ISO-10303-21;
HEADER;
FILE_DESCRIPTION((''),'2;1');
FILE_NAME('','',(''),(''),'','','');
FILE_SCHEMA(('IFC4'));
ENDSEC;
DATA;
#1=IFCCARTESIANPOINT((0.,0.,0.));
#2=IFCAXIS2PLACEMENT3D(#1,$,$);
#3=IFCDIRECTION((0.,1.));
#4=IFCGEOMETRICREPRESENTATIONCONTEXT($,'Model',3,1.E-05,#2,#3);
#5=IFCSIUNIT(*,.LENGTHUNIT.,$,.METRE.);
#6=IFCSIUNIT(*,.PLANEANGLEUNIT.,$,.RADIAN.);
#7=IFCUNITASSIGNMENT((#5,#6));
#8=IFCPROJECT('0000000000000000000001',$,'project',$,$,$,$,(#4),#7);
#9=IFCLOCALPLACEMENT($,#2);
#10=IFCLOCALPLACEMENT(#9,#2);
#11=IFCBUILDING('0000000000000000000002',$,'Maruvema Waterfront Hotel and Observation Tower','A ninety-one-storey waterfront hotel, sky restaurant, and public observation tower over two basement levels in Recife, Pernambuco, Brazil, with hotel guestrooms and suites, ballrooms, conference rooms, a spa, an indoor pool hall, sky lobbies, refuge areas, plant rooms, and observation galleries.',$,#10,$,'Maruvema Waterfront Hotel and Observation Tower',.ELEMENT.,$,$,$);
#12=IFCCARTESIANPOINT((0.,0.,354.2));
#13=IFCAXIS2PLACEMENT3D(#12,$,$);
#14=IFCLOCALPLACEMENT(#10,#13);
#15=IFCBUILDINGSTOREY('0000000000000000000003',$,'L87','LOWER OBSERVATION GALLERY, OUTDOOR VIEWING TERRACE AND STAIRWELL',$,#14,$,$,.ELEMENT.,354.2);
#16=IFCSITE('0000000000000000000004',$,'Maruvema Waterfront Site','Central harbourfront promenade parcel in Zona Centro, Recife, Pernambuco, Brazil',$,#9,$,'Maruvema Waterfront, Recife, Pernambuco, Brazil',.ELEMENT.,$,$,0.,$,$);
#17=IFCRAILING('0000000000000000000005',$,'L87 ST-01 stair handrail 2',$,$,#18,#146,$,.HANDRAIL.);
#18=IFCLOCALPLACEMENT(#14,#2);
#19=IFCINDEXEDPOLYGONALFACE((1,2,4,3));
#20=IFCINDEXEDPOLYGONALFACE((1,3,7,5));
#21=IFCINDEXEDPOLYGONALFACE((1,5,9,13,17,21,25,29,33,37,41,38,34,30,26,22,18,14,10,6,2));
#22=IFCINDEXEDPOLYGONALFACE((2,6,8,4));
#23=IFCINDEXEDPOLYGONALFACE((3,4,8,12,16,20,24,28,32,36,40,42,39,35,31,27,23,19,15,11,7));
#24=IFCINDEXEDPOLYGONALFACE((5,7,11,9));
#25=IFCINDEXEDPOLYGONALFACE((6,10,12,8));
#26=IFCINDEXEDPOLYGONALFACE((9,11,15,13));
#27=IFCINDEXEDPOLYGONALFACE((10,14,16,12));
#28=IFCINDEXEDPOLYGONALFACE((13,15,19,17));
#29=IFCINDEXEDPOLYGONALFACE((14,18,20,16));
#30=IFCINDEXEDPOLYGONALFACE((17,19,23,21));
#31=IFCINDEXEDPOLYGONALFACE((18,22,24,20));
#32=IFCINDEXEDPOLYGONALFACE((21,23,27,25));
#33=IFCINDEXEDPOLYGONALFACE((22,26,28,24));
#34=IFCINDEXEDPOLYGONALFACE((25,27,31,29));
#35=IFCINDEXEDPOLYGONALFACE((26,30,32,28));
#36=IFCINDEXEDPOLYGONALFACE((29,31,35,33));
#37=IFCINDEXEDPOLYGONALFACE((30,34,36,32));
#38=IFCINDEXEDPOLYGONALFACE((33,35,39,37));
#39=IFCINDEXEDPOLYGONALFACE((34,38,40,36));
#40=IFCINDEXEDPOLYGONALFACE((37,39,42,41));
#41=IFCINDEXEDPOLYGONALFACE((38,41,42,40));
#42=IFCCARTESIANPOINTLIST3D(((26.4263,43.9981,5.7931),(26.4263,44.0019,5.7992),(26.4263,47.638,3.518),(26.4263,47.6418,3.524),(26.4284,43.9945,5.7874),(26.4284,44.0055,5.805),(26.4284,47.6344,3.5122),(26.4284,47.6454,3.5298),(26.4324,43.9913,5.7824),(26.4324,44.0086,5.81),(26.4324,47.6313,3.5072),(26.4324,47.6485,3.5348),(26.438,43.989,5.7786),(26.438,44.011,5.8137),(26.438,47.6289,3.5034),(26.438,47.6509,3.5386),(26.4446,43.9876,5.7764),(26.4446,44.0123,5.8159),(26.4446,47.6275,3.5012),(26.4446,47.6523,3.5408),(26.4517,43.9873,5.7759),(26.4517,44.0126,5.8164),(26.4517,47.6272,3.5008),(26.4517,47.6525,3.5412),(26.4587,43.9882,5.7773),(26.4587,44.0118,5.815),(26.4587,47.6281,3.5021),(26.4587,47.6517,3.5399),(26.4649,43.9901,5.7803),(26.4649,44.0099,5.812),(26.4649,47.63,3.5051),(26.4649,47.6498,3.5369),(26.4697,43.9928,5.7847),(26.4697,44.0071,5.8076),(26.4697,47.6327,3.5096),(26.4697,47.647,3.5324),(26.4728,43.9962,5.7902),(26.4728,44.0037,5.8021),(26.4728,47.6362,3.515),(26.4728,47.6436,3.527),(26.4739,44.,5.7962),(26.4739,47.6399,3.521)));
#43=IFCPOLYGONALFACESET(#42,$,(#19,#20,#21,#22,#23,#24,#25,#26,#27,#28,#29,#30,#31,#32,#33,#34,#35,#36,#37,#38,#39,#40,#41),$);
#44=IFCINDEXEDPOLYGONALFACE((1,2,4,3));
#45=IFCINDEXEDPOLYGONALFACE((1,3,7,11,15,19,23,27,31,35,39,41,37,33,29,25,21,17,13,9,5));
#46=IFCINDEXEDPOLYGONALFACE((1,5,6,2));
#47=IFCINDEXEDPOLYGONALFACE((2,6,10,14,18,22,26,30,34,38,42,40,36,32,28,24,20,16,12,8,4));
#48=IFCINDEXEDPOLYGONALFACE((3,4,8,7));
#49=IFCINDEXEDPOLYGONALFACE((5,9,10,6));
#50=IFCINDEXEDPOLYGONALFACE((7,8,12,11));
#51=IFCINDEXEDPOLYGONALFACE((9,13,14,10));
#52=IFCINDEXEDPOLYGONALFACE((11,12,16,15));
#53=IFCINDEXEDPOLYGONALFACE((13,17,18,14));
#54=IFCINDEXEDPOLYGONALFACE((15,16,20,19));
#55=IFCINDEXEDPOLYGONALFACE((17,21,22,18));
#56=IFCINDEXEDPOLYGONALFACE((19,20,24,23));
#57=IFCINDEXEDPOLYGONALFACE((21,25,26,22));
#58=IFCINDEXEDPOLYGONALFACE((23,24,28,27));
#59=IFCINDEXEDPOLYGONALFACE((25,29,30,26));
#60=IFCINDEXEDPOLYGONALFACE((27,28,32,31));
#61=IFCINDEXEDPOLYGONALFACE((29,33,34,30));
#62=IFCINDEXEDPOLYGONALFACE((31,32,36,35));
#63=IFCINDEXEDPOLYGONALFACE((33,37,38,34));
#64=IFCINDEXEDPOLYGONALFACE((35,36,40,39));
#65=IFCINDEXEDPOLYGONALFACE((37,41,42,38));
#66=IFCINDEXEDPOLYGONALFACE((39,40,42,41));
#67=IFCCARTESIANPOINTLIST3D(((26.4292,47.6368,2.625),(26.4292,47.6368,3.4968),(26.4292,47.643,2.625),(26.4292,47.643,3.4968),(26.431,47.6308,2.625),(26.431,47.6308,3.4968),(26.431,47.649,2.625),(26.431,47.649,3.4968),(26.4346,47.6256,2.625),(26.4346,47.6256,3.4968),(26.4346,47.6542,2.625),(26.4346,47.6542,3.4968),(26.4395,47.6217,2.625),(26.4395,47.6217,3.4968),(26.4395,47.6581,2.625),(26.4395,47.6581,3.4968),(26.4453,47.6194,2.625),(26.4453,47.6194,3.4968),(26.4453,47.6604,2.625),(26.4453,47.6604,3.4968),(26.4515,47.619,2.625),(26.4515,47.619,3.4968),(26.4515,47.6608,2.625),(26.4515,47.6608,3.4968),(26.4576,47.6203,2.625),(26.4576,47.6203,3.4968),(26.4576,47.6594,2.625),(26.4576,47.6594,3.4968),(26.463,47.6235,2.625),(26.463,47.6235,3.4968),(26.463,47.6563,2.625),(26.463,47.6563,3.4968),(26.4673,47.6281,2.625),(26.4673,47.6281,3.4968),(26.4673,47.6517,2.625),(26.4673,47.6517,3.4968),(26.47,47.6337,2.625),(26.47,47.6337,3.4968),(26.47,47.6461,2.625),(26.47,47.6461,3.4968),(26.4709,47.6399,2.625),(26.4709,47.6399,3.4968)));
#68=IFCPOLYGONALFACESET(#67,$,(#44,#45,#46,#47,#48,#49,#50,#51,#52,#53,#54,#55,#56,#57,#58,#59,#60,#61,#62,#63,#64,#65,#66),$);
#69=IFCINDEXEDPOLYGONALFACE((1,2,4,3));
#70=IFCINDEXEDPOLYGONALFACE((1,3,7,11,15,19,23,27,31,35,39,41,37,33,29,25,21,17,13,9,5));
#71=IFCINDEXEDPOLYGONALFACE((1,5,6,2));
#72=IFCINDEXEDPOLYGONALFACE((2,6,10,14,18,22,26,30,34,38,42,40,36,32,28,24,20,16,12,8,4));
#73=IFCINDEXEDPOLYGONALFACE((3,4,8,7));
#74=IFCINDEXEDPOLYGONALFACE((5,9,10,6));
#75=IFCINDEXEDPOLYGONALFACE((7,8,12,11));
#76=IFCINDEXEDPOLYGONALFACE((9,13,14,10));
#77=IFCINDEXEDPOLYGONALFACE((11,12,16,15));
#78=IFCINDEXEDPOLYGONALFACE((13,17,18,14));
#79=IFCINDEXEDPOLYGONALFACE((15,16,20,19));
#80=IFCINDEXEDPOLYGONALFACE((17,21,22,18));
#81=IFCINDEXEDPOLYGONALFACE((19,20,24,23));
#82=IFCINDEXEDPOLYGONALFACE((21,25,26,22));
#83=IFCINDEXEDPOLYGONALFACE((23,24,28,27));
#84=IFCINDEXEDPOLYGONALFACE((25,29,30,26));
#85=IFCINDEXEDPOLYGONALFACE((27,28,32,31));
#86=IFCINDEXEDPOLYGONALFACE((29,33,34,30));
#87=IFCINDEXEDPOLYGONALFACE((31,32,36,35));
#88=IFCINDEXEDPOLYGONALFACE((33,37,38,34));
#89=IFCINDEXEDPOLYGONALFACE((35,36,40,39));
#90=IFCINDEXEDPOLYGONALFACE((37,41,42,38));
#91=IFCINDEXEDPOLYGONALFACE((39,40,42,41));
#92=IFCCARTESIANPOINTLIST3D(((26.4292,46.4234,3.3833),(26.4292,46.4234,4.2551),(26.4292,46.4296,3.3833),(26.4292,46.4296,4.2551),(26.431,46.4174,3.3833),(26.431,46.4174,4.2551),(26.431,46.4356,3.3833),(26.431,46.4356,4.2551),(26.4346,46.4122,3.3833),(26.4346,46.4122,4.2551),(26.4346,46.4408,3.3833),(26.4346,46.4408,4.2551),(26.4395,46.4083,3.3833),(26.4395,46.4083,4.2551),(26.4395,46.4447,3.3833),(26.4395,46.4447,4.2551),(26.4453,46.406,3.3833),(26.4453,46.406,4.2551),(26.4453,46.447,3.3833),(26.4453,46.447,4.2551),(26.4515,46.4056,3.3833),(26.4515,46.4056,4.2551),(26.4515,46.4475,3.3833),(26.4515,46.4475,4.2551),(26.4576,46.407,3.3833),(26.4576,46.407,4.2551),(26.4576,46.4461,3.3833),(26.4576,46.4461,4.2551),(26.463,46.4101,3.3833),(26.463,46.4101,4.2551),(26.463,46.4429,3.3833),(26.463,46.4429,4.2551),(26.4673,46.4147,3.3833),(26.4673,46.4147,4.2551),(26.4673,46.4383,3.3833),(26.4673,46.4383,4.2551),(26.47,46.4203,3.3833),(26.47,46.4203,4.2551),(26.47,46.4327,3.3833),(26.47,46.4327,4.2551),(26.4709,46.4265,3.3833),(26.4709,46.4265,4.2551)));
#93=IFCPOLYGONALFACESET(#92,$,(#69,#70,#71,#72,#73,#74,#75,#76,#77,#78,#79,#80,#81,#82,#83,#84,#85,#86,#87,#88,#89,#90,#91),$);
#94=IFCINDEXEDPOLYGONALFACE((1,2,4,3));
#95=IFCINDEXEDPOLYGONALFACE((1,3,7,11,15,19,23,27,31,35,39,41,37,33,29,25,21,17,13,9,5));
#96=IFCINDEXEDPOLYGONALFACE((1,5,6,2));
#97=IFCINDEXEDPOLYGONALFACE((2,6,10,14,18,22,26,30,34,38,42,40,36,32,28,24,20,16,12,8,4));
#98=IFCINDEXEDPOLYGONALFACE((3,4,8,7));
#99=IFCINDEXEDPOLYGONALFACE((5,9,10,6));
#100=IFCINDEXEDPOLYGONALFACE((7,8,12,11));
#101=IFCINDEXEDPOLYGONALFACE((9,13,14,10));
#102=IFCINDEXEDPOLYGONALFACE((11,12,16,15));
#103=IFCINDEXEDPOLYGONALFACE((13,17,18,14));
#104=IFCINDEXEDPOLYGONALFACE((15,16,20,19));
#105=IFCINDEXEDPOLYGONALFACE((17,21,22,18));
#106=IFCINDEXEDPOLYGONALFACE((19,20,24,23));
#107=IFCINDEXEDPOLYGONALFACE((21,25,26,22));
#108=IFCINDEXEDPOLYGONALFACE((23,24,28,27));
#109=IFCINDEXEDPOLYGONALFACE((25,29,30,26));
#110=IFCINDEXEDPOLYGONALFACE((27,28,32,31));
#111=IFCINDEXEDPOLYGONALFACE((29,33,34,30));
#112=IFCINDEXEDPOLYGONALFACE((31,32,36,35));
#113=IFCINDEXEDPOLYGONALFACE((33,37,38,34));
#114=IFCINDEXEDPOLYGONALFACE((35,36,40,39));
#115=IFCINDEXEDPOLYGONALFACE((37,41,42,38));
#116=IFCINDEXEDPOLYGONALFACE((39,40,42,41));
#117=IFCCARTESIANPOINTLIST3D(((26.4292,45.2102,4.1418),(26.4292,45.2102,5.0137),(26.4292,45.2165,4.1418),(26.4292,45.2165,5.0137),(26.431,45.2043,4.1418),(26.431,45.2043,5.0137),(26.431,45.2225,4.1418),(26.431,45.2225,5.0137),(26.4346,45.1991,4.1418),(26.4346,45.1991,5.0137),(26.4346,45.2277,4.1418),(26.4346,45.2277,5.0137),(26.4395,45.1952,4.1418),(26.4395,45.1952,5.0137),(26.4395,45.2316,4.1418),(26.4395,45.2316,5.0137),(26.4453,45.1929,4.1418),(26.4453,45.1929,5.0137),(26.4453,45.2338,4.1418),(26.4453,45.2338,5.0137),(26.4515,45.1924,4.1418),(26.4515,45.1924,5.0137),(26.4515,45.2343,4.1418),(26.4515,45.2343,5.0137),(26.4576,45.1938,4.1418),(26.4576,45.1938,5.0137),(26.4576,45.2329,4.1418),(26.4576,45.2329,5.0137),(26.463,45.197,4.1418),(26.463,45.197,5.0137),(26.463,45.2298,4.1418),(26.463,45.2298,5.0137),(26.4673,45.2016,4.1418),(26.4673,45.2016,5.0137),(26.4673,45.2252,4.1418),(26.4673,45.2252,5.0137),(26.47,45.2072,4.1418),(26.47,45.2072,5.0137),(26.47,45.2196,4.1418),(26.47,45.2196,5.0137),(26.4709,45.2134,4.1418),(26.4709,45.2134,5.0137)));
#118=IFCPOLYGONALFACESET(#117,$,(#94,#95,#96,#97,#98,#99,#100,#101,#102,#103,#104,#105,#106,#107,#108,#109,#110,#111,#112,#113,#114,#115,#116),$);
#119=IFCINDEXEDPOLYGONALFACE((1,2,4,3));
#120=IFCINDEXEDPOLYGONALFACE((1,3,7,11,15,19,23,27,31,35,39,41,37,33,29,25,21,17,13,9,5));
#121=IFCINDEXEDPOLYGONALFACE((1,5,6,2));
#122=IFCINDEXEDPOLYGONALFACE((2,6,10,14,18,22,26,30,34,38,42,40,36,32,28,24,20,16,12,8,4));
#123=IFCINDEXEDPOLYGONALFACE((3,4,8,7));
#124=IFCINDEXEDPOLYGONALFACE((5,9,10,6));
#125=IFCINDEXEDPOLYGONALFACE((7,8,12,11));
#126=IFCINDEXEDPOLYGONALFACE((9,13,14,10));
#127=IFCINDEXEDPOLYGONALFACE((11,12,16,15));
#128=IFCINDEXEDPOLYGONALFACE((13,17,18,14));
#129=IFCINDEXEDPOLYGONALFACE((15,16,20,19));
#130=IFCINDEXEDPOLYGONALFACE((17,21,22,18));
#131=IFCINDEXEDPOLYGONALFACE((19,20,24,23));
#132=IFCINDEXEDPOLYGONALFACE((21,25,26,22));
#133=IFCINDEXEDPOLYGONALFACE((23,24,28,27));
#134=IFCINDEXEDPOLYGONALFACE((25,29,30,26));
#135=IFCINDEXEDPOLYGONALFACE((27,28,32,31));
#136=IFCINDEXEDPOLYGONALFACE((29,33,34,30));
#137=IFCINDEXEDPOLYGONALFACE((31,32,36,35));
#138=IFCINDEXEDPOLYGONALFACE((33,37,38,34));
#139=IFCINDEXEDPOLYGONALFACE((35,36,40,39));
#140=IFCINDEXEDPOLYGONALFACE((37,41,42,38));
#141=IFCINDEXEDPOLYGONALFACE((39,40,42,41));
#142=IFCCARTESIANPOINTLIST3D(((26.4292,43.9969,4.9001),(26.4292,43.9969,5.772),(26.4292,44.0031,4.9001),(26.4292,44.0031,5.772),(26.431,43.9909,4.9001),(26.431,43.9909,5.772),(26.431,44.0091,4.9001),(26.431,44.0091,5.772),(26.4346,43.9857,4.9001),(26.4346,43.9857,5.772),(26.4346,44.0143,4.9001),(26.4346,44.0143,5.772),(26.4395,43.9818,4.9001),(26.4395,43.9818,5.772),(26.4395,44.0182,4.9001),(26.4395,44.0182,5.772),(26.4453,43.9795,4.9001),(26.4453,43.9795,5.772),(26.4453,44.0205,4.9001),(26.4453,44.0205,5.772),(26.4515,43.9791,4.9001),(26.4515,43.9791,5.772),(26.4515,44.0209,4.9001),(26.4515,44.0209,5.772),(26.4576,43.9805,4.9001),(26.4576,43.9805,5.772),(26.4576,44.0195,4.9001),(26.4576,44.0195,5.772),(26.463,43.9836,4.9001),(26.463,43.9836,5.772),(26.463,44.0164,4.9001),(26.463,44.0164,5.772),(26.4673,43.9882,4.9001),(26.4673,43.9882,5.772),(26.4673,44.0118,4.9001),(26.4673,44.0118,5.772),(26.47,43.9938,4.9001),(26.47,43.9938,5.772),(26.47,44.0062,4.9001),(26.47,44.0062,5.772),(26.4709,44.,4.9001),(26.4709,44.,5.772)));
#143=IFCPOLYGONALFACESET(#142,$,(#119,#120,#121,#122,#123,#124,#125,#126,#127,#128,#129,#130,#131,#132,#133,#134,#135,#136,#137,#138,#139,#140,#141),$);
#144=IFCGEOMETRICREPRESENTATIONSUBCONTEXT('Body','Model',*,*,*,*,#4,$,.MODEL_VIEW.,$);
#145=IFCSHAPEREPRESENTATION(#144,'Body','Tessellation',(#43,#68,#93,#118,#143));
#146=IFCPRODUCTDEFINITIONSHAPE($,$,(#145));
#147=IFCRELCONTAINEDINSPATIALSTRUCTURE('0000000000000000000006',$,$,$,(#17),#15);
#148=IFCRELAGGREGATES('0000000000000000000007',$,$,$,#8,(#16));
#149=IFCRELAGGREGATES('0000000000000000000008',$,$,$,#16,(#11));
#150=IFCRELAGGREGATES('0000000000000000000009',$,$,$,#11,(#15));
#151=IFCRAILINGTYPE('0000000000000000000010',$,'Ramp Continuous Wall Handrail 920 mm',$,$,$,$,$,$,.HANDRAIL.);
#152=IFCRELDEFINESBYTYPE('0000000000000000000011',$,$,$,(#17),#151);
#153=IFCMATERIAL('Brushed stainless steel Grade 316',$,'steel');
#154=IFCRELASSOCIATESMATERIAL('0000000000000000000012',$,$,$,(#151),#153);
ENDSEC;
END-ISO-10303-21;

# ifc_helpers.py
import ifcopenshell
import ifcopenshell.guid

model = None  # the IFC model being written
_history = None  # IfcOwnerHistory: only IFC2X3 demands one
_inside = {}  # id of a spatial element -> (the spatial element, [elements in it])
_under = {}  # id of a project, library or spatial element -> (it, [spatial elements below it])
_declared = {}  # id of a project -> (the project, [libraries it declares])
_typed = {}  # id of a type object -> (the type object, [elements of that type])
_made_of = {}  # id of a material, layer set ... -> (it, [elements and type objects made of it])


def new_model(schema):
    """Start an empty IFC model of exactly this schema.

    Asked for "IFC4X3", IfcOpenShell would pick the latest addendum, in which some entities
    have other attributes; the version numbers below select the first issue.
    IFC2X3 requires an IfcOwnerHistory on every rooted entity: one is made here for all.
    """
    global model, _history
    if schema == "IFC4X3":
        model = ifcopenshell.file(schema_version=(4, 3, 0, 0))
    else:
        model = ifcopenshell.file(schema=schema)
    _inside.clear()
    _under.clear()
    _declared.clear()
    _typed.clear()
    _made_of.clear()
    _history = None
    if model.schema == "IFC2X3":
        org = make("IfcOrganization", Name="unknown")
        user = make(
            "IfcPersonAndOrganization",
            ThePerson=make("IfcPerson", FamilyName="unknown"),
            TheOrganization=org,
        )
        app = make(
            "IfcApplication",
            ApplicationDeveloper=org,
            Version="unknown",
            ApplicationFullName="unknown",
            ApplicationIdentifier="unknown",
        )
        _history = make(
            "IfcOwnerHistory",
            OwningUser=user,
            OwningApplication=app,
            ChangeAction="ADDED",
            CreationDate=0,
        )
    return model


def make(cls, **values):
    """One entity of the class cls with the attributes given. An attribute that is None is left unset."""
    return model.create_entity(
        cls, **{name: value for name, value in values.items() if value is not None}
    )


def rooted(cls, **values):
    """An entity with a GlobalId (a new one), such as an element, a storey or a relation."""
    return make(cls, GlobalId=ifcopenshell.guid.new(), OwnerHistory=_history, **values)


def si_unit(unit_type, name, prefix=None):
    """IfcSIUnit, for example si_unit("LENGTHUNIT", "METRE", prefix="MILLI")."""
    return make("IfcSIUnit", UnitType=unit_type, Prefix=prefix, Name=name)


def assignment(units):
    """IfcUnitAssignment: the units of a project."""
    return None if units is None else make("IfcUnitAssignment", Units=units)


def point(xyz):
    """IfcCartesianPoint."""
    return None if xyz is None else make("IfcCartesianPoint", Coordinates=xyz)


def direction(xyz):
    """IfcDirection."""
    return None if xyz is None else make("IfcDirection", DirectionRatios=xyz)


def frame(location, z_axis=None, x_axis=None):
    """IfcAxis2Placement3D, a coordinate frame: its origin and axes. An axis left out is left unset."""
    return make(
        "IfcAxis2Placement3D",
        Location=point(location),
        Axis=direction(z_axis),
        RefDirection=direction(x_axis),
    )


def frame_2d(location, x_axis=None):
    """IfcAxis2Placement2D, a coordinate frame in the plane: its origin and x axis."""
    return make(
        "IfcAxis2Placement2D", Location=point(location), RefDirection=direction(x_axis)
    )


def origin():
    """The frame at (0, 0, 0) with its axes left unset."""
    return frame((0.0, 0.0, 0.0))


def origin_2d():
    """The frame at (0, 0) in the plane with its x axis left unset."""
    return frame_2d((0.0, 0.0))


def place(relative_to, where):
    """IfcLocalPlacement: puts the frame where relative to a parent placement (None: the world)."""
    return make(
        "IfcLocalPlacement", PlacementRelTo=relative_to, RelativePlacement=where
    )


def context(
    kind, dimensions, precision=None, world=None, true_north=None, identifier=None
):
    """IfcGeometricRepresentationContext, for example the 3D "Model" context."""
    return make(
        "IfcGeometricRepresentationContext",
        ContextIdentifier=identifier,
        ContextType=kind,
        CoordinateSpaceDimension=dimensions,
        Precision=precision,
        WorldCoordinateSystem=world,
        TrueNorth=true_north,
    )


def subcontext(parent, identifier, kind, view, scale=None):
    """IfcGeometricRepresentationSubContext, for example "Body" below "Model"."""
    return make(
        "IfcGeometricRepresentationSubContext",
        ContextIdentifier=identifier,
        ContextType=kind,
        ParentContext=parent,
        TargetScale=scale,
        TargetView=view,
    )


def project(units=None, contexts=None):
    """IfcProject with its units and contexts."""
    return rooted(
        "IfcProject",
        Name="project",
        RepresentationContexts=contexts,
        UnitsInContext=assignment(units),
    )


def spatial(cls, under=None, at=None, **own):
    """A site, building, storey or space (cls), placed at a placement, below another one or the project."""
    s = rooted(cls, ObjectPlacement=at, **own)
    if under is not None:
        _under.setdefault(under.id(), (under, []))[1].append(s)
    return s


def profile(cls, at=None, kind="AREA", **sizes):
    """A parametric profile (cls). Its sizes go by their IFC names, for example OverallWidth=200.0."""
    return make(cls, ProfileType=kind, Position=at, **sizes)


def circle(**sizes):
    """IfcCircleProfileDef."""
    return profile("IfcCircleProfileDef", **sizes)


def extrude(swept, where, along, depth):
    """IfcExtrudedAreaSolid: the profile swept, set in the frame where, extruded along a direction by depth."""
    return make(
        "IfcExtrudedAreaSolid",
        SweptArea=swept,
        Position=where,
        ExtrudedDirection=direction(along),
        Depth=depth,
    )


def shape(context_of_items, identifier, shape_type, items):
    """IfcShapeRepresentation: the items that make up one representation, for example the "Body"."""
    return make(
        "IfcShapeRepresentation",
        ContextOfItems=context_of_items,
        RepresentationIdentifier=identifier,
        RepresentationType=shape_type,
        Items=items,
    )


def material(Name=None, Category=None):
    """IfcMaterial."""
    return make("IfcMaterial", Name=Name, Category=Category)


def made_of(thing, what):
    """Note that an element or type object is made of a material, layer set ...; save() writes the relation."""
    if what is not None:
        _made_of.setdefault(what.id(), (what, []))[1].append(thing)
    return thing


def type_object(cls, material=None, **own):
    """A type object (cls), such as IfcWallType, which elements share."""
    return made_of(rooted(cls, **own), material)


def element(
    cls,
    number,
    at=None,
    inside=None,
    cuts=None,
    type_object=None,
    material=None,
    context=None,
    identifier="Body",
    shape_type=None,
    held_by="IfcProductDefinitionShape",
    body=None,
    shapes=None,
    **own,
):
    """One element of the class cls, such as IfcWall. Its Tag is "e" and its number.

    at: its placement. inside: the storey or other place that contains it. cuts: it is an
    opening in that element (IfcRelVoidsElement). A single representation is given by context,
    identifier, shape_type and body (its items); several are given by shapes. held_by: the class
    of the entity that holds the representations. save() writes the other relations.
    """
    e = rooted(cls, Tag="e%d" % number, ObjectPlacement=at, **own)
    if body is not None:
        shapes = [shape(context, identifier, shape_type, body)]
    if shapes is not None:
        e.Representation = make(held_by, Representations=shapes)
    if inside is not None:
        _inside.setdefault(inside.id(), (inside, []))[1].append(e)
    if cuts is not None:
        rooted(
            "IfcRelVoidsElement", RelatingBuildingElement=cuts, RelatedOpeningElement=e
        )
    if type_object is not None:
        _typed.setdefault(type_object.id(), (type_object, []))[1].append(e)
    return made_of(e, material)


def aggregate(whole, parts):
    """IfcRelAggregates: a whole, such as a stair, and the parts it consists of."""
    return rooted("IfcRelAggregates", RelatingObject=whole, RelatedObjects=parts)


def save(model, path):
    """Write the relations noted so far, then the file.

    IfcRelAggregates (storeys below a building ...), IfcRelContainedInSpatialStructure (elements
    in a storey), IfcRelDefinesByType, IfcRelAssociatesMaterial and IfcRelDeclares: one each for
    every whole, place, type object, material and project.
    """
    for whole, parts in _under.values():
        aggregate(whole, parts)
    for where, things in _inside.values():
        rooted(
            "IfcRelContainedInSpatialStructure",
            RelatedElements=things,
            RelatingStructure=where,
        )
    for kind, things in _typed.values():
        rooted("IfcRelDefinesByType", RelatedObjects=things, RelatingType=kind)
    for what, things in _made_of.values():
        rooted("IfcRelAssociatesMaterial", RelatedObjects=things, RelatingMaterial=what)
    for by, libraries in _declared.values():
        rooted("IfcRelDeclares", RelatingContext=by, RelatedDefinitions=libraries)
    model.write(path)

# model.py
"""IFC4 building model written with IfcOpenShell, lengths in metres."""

from ifc_helpers import new_model, si_unit, direction, frame, origin, origin_2d, place, context, subcontext, project, spatial, circle, extrude, material, type_object, element, save


model = new_model("IFC4")

# Units and contexts
model_context = context("Model", 3, precision=1e-05, world=origin(), true_north=direction((0.0, 1.0)))
body_context = subcontext(model_context, "Body", "Model", "MODEL_VIEW")
ifc_project = project(units=[si_unit("LENGTHUNIT", "METRE"), si_unit("PLANEANGLEUNIT", "RADIAN")], contexts=[model_context])

# Site, building, storey
site_placement = place(None, origin())
site = spatial("IfcSite", under=ifc_project, at=site_placement, Name="Maruvema Waterfront Site", Description="Central harbourfront promenade parcel in Zona Centro, Recife, Pernambuco, Brazil", LongName="Maruvema Waterfront, Recife, Pernambuco, Brazil", CompositionType="ELEMENT", RefElevation=0.0)
building_placement = place(site_placement, origin())
building = spatial("IfcBuilding", under=site, at=building_placement, Name="Maruvema Waterfront Hotel and Observation Tower", Description="A ninety-one-storey waterfront hotel, sky restaurant, and public observation tower over two basement levels in Recife, Pernambuco, Brazil, with hotel guestrooms and suites, ballrooms, conference rooms, a spa, an indoor pool hall, sky lobbies, refuge areas, plant rooms, and observation galleries.", LongName="Maruvema Waterfront Hotel and Observation Tower", CompositionType="ELEMENT")
storey_placement = place(building_placement, frame((0.0, 0.0, 354.2)))
storey = spatial("IfcBuildingStorey", under=building, at=storey_placement, Name="L87", Description="LOWER OBSERVATION GALLERY, OUTDOOR VIEWING TERRACE AND STAIRWELL", CompositionType="ELEMENT", Elevation=354.2)

# Railing
ifc_material_1 = material(Name="Brushed stainless steel Grade 316", Category="steel")
railing_type_1 = type_object("IfcRailingType", Name="Ramp Continuous Wall Handrail 920 mm", PredefinedType="HANDRAIL", material=ifc_material_1)
railing_1_placement = place(storey_placement, frame((26.45, 47.6399, 2.625)))
element("IfcRailing", 1, at=railing_1_placement, inside=storey, type_object=railing_type_1, Name="L87 ST-01 stair handrail 2", PredefinedType="HANDRAIL", context=body_context, shape_type="SweptSolid", body=[
    extrude(circle(Radius=0.0239, at=origin_2d()), frame((0.0, 0.0, 0.896), z_axis=(0.0, -0.847976, 0.530035), x_axis=(1.0, 0.0, 0.0)), (0.0, 0.0, 1.0), 4.2925),
    extrude(circle(Radius=0.021, at=origin_2d()), origin(), (0.0, 0.0, 1.0), 0.8718),
    extrude(circle(Radius=0.021, at=origin_2d()), frame((0.0, -1.2134, 0.7583)), (0.0, 0.0, 1.0), 0.8718),
    extrude(circle(Radius=0.021, at=origin_2d()), frame((0.0, -2.4265, 1.5168)), (0.0, 0.0, 1.0), 0.8718),
    extrude(circle(Radius=0.021, at=origin_2d()), frame((0.0, -3.6399, 2.2751)), (0.0, 0.0, 1.0), 0.8718),
])

save(model, "model.ifc")
